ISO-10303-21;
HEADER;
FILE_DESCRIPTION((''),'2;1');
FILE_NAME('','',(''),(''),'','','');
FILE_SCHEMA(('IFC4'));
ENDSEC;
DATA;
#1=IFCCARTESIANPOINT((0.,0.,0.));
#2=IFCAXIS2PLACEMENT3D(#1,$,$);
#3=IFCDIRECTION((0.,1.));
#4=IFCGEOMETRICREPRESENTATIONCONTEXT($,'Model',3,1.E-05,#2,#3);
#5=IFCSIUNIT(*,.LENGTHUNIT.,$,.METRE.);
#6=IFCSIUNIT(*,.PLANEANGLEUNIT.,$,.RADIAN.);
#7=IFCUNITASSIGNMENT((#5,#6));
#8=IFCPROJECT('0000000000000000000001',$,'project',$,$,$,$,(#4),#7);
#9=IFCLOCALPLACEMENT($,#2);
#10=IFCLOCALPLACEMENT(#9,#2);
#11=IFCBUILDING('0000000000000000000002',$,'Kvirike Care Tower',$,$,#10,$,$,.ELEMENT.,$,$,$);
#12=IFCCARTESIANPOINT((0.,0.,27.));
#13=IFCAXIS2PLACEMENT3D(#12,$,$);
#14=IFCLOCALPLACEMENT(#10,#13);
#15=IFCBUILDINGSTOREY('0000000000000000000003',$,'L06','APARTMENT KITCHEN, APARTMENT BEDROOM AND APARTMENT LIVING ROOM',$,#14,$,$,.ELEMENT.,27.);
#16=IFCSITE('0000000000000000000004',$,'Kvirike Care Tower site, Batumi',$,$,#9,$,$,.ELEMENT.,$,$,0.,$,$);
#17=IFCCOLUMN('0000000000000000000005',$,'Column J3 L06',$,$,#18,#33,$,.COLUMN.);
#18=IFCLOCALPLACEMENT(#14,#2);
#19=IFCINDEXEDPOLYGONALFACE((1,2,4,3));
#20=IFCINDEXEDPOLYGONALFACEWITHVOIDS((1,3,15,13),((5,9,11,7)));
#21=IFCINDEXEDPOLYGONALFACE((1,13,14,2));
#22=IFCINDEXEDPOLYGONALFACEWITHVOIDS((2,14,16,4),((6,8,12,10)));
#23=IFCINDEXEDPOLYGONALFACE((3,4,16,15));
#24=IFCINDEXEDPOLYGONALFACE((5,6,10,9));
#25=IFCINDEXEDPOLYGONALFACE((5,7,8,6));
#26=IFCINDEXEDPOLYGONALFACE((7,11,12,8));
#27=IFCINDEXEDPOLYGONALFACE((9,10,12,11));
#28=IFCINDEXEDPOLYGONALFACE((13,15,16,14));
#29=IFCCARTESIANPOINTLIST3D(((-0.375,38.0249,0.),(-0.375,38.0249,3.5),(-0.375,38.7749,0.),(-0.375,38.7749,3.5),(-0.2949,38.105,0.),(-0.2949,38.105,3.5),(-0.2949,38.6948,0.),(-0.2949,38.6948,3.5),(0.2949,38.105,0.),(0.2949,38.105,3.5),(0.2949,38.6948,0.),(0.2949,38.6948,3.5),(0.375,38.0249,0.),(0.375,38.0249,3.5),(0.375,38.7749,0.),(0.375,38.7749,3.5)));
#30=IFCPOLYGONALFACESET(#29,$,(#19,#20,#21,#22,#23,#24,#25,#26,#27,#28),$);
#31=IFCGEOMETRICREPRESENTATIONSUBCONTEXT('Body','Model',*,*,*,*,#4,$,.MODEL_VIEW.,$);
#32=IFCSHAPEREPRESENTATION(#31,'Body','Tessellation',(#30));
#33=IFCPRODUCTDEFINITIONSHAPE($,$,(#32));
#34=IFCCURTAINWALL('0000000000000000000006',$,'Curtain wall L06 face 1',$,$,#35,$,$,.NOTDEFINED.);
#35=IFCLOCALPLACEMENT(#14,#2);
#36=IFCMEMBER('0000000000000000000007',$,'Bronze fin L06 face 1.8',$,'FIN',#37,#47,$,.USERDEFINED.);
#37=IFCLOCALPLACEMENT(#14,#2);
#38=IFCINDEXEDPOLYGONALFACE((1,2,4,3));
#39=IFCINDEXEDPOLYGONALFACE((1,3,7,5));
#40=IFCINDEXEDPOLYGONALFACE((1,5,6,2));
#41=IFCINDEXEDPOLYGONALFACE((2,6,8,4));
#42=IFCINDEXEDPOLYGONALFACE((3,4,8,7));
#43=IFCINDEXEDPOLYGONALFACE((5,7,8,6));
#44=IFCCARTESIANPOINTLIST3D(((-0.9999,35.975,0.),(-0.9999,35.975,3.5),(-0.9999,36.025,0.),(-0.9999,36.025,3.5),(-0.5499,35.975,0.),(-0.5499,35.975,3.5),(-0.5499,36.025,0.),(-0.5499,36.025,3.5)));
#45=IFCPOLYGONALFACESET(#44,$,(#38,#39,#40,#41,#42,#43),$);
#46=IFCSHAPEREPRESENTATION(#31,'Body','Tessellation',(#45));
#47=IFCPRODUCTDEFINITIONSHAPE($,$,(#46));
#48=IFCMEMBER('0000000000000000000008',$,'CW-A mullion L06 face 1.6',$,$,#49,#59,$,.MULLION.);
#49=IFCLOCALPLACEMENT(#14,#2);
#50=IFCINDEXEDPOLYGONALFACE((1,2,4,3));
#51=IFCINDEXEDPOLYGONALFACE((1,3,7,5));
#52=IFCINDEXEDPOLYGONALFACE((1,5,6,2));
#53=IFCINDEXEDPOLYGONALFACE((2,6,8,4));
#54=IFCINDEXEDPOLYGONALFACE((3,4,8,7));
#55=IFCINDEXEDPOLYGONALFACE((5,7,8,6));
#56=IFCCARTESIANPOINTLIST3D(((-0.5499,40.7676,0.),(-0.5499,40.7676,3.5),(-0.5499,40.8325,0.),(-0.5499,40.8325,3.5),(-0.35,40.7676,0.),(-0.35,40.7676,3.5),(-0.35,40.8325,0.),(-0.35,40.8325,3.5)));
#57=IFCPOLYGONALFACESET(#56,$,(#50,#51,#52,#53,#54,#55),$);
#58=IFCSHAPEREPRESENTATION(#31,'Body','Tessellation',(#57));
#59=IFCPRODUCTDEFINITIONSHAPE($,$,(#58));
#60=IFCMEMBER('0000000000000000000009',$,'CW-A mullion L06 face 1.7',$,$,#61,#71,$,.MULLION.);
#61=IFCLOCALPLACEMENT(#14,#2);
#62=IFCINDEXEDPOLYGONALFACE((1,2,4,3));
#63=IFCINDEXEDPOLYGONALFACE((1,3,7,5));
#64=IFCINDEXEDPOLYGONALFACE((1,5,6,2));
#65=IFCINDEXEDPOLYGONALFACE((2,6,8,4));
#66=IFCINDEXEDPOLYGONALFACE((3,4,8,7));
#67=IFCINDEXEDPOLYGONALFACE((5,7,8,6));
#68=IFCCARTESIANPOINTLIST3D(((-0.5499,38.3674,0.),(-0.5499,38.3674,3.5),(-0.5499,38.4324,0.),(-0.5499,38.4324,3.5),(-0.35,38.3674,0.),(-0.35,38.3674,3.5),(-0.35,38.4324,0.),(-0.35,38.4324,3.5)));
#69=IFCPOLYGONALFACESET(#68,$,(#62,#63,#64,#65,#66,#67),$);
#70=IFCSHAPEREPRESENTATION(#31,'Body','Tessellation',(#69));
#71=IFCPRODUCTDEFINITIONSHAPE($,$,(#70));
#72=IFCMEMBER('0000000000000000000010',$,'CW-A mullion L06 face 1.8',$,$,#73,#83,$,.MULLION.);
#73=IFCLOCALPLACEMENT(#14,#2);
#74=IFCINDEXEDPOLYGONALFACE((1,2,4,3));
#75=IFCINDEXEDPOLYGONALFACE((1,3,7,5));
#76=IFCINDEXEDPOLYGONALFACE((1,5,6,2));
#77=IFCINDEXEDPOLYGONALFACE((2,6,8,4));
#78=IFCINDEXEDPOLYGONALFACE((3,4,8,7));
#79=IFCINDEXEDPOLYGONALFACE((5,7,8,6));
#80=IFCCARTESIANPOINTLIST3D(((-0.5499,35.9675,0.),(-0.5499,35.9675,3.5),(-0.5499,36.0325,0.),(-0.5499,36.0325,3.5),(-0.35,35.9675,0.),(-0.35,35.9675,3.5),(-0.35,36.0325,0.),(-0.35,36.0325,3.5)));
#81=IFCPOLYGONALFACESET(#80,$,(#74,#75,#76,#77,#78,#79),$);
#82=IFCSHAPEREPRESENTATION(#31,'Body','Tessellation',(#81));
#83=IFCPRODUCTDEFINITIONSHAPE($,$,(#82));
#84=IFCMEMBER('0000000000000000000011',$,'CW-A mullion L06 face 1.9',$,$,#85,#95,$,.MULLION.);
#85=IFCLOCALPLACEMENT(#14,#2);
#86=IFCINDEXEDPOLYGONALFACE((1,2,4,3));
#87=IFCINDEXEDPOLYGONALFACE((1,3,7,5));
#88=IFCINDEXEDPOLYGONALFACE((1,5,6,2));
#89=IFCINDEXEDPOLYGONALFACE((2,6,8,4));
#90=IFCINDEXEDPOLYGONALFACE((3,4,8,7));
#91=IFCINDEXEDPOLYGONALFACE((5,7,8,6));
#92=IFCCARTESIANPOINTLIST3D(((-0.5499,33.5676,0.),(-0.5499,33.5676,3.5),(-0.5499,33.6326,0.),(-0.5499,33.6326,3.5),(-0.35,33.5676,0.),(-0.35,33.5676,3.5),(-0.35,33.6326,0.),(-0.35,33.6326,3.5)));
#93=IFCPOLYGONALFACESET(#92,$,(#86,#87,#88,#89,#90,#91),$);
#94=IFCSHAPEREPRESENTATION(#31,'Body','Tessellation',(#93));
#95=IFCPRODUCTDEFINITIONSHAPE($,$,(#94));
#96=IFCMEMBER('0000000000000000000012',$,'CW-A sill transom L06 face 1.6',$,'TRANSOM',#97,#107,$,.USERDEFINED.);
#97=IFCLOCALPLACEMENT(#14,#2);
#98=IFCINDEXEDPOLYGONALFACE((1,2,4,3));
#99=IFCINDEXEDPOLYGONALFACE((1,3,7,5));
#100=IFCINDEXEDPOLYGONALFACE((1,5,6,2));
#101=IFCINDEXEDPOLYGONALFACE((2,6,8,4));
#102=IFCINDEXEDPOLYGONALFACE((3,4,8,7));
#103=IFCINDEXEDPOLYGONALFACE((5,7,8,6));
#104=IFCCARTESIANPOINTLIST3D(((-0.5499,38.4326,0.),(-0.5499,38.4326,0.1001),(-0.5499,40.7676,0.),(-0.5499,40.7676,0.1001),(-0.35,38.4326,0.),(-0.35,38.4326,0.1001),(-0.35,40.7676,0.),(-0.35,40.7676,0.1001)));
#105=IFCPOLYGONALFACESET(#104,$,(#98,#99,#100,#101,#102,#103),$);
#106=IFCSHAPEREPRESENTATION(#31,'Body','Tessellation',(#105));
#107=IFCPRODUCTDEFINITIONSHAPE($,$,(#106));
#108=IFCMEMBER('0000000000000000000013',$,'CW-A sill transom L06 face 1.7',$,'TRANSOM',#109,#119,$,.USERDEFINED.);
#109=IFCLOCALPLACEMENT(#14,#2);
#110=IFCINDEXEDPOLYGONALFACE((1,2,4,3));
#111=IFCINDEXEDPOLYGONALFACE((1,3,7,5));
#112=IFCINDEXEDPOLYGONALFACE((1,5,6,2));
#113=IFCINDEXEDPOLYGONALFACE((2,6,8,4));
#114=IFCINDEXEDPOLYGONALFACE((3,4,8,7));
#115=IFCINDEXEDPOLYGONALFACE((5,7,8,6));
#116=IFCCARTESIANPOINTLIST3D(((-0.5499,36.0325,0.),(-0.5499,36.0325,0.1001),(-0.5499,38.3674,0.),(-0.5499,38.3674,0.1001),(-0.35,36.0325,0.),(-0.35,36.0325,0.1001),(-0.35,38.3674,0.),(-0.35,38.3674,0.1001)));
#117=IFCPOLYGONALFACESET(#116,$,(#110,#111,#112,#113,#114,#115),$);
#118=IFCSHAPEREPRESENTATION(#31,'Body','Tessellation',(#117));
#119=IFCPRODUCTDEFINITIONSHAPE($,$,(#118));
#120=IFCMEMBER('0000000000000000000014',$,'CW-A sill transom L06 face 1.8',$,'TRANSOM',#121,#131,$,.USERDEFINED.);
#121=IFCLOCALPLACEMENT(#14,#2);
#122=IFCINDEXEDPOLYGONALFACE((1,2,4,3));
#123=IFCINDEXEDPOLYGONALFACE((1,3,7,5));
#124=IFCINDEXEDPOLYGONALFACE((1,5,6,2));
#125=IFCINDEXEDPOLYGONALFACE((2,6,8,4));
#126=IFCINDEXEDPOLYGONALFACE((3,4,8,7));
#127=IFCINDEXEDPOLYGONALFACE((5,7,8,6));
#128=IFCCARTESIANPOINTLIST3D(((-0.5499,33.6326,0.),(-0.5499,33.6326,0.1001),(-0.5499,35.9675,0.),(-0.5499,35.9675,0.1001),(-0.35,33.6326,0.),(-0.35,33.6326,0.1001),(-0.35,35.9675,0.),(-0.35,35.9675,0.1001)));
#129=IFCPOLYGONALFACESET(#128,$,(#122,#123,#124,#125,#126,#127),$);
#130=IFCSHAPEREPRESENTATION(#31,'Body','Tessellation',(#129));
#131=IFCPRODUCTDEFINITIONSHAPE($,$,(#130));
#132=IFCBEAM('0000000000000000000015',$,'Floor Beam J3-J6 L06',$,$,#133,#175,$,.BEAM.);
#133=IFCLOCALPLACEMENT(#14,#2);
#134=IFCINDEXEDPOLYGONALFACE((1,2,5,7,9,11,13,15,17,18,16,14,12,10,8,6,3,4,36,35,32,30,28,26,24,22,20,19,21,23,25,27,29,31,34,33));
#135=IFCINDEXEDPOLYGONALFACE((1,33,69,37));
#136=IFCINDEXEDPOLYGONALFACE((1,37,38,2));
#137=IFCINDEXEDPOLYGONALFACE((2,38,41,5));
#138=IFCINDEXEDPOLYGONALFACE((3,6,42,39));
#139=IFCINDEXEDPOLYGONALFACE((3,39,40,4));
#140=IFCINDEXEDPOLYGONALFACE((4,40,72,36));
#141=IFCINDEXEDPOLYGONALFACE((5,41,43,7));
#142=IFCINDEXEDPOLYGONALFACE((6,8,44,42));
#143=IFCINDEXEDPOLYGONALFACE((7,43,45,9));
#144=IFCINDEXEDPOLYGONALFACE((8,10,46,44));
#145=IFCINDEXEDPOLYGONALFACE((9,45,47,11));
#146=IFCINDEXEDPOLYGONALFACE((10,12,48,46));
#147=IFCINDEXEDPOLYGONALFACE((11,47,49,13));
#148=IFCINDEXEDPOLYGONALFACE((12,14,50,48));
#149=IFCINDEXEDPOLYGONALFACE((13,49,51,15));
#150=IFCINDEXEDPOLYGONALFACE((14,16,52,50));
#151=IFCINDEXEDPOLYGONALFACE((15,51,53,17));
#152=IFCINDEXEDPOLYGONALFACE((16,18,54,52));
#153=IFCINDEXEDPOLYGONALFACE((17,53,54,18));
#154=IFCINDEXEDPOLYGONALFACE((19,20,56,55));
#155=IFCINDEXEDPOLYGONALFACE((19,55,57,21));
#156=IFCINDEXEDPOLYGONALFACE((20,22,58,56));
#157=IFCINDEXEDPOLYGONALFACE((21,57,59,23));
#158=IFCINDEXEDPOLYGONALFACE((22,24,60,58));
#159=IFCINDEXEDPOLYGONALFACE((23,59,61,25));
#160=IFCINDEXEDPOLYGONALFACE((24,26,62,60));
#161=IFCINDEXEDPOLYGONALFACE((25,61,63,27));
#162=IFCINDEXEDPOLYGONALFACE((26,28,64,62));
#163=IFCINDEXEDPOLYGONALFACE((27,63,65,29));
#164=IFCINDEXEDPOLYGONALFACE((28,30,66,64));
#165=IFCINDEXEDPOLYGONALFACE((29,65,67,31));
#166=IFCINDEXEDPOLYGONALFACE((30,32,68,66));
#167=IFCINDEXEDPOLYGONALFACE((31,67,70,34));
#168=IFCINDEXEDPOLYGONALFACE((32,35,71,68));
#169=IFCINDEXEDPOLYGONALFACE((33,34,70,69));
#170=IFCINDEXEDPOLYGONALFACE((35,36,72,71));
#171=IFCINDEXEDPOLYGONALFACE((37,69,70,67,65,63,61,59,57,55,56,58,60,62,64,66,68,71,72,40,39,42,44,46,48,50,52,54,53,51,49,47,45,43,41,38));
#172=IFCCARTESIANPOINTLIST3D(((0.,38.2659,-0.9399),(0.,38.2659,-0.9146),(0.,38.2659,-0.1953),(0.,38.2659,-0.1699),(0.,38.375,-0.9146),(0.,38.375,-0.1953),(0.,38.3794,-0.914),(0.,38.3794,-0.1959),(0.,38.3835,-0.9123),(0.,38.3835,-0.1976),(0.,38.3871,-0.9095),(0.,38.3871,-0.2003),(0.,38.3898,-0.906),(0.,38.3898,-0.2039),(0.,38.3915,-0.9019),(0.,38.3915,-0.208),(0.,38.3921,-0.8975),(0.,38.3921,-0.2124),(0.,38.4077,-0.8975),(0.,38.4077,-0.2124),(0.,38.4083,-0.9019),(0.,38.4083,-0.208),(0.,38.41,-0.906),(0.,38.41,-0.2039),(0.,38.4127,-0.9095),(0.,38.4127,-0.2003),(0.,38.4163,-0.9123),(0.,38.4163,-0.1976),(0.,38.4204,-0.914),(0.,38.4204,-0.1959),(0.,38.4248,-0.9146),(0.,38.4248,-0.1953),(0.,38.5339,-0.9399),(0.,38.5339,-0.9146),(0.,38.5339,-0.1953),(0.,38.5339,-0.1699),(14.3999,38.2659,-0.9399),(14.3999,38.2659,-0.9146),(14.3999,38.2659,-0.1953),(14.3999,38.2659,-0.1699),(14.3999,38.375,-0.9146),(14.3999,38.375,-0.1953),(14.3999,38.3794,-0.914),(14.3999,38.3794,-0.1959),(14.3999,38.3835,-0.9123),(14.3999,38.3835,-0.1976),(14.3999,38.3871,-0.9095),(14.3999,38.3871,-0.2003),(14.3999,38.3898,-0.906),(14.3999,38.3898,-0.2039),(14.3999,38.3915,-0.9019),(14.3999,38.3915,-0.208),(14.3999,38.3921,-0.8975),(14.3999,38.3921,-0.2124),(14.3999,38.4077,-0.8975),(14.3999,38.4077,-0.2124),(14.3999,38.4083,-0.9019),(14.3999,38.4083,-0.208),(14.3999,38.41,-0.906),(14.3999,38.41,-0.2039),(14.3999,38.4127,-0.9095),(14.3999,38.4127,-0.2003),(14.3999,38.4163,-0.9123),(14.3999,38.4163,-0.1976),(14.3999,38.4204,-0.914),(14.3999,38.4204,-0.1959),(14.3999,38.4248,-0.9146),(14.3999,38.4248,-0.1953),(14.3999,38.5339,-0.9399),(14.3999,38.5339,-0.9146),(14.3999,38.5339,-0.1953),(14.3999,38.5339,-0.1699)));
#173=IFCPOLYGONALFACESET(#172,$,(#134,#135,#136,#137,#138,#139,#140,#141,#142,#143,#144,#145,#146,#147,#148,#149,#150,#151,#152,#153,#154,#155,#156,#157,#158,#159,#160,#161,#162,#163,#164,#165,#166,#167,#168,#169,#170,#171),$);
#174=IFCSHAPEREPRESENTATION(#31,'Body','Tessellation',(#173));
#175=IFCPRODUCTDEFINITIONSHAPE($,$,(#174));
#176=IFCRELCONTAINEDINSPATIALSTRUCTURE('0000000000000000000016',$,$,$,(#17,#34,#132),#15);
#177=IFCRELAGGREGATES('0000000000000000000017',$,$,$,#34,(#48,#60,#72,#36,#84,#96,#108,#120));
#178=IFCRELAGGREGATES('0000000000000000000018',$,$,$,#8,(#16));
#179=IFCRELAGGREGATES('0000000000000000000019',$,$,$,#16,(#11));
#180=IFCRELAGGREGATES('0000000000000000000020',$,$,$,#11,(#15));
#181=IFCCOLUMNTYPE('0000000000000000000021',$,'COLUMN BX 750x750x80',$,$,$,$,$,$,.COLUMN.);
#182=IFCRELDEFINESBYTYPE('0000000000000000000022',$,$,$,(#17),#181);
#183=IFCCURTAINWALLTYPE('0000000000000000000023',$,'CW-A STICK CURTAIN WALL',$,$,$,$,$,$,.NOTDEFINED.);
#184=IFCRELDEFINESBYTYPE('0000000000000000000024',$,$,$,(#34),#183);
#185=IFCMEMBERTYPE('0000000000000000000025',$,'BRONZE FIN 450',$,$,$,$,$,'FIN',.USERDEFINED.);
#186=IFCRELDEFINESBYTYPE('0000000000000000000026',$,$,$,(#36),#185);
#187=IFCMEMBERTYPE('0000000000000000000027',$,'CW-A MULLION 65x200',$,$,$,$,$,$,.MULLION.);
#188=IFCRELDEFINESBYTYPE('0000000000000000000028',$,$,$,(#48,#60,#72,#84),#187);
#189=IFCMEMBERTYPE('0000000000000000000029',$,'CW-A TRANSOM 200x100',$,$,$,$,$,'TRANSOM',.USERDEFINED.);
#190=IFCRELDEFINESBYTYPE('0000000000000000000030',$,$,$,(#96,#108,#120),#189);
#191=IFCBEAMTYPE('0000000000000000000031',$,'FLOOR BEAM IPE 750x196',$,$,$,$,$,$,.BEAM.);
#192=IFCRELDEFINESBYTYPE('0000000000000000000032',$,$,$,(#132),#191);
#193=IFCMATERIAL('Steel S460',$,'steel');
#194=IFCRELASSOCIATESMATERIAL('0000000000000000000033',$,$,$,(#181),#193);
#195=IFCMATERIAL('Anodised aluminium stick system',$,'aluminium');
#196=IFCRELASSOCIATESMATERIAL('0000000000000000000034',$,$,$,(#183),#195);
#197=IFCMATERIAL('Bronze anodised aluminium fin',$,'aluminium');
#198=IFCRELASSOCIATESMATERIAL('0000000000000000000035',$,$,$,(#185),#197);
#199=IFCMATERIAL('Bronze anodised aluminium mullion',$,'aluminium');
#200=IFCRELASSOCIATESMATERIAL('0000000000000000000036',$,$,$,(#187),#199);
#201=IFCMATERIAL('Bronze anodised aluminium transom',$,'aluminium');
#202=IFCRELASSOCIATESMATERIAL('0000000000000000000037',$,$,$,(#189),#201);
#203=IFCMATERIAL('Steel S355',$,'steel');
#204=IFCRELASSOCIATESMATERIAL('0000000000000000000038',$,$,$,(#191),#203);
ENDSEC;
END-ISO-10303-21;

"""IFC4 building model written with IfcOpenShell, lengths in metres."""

from ifc_helpers import new_model, si_unit, direction, frame, origin, origin_2d, place, context, subcontext, project, spatial, rectangle, hollow_rectangle, i_section, extrude, material, material_profile, profile_set, type_object, element, aggregate, save


model = new_model("IFC4")

# Units and contexts
model_context = context("Model", 3, precision=1e-05, world=origin(), true_north=direction((0.0, 1.0)))
body_context = subcontext(model_context, "Body", "Model", "MODEL_VIEW")
ifc_project = project(units=[si_unit("LENGTHUNIT", "METRE"), si_unit("PLANEANGLEUNIT", "RADIAN")], contexts=[model_context])

# Site, building, storey
site_placement = place(None, origin())
site = spatial("IfcSite", under=ifc_project, at=site_placement, Name="Kvirike Care Tower site, Batumi", CompositionType="ELEMENT", RefElevation=0.0)
building_placement = place(site_placement, origin())
building = spatial("IfcBuilding", under=site, at=building_placement, Name="Kvirike Care Tower", CompositionType="ELEMENT")
storey_placement = place(building_placement, frame((0.0, 0.0, 27.0)))
storey = spatial("IfcBuildingStorey", under=building, at=storey_placement, Name="L06", Description="APARTMENT KITCHEN, APARTMENT BEDROOM AND APARTMENT LIVING ROOM", CompositionType="ELEMENT", Elevation=27.0)

# Column
ifc_material_1 = material(Name="Steel S460", Category="steel")
ifc_material_profile_1 = material_profile(ifc_material_1, hollow_rectangle(XDim=0.75, YDim=0.75, WallThickness=0.0801, at=origin_2d()), Name="BX 750x750x80")
ifc_profile_set_1 = profile_set([ifc_material_profile_1], Name="Steel S460")
column_type = type_object("IfcColumnType", Name="COLUMN BX 750x750x80", PredefinedType="COLUMN", material=ifc_profile_set_1)
column_placement = place(storey_placement, frame((0.0, 38.3999, 0.0), z_axis=(0.0, 0.0, 1.0), x_axis=(1.0, 0.0, 0.0)))
element("IfcColumn", 1, at=column_placement, inside=storey, type_object=column_type, Name="Column J3 L06", PredefinedType="COLUMN", context=body_context, shape_type="SweptSolid", body=[
    extrude(hollow_rectangle(XDim=0.75, YDim=0.75, WallThickness=0.0801, at=origin_2d()), origin(), (0.0, 0.0, 1.0), 3.5),
])

# Curtain wall, members
ifc_material_2 = material(Name="Anodised aluminium stick system", Category="aluminium")
curtain_wall_type = type_object("IfcCurtainWallType", Name="CW-A STICK CURTAIN WALL", PredefinedType="NOTDEFINED", material=ifc_material_2)
curtain_wall_placement = place(storey_placement, origin())
curtain_wall = element("IfcCurtainWall", 2, at=curtain_wall_placement, inside=storey, type_object=curtain_wall_type, Name="Curtain wall L06 face 1", PredefinedType="NOTDEFINED")
ifc_material_3 = material(Name="Bronze anodised aluminium fin", Category="aluminium")
ifc_material_profile_2 = material_profile(ifc_material_3, rectangle(XDim=0.05, YDim=0.45, at=origin_2d()), Name="BRONZE FIN 450")
ifc_profile_set_2 = profile_set([ifc_material_profile_2], Name="Bronze anodised aluminium fin")
member_type_1 = type_object("IfcMemberType", Name="BRONZE FIN 450", ElementType="FIN", PredefinedType="USERDEFINED", material=ifc_profile_set_2)
member_1_placement = place(storey_placement, frame((-0.7749, 36.0, 0.0), z_axis=(0.0, 0.0, 1.0), x_axis=(0.0, -1.0, 0.0)))
member_1 = element("IfcMember", 3, at=member_1_placement, type_object=member_type_1, Name="Bronze fin L06 face 1.8", ObjectType="FIN", PredefinedType="USERDEFINED", context=body_context, shape_type="SweptSolid", body=[
    extrude(rectangle(XDim=0.05, YDim=0.45, at=origin_2d()), origin(), (0.0, 0.0, 1.0), 3.5),
])
ifc_material_4 = material(Name="Bronze anodised aluminium mullion", Category="aluminium")
ifc_material_profile_3 = material_profile(ifc_material_4, rectangle(XDim=0.0649, YDim=0.2, at=origin_2d()), Name="CW-A MULLION 65x200")
ifc_profile_set_3 = profile_set([ifc_material_profile_3], Name="Bronze anodised aluminium mullion")
member_type_2 = type_object("IfcMemberType", Name="CW-A MULLION 65x200", PredefinedType="MULLION", material=ifc_profile_set_3)
member_2_placement = place(storey_placement, frame((-0.45, 40.8, 0.0), z_axis=(0.0, 0.0, 1.0), x_axis=(0.0, -1.0, 0.0)))
member_2 = element("IfcMember", 4, at=member_2_placement, type_object=member_type_2, Name="CW-A mullion L06 face 1.6", PredefinedType="MULLION", context=body_context, shape_type="SweptSolid", body=[
    extrude(rectangle(XDim=0.0649, YDim=0.2, at=origin_2d()), origin(), (0.0, 0.0, 1.0), 3.5),
])
member_3_placement = place(storey_placement, frame((-0.45, 38.3999, 0.0), z_axis=(0.0, 0.0, 1.0), x_axis=(0.0, -1.0, 0.0)))
member_3 = element("IfcMember", 5, at=member_3_placement, type_object=member_type_2, Name="CW-A mullion L06 face 1.7", PredefinedType="MULLION", context=body_context, shape_type="SweptSolid", body=[
    extrude(rectangle(XDim=0.0649, YDim=0.2, at=origin_2d()), origin(), (0.0, 0.0, 1.0), 3.5),
])
member_4_placement = place(storey_placement, frame((-0.45, 36.0, 0.0), z_axis=(0.0, 0.0, 1.0), x_axis=(0.0, -1.0, 0.0)))
member_4 = element("IfcMember", 6, at=member_4_placement, type_object=member_type_2, Name="CW-A mullion L06 face 1.8", PredefinedType="MULLION", context=body_context, shape_type="SweptSolid", body=[
    extrude(rectangle(XDim=0.0649, YDim=0.2, at=origin_2d()), origin(), (0.0, 0.0, 1.0), 3.5),
])
member_5_placement = place(storey_placement, frame((-0.45, 33.6001, 0.0), z_axis=(0.0, 0.0, 1.0), x_axis=(0.0, -1.0, 0.0)))
member_5 = element("IfcMember", 7, at=member_5_placement, type_object=member_type_2, Name="CW-A mullion L06 face 1.9", PredefinedType="MULLION", context=body_context, shape_type="SweptSolid", body=[
    extrude(rectangle(XDim=0.0649, YDim=0.2, at=origin_2d()), origin(), (0.0, 0.0, 1.0), 3.5),
])
ifc_material_5 = material(Name="Bronze anodised aluminium transom", Category="aluminium")
ifc_material_profile_4 = material_profile(ifc_material_5, rectangle(XDim=0.2, YDim=0.1001, at=origin_2d()), Name="CW-A TRANSOM 200x100")
ifc_profile_set_4 = profile_set([ifc_material_profile_4], Name="Bronze anodised aluminium transom")
member_type_3 = type_object("IfcMemberType", Name="CW-A TRANSOM 200x100", ElementType="TRANSOM", PredefinedType="USERDEFINED", material=ifc_profile_set_4)
member_6_placement = place(storey_placement, frame((-0.45, 40.7676, 0.05), z_axis=(0.0, -1.0, 0.0), x_axis=(1.0, 0.0, 0.0)))
member_6 = element("IfcMember", 8, at=member_6_placement, type_object=member_type_3, Name="CW-A sill transom L06 face 1.6", ObjectType="TRANSOM", PredefinedType="USERDEFINED", context=body_context, shape_type="SweptSolid", body=[
    extrude(rectangle(XDim=0.2, YDim=0.1001, at=origin_2d()), origin(), (0.0, 0.0, 1.0), 2.335),
])
member_7_placement = place(storey_placement, frame((-0.45, 38.3674, 0.05), z_axis=(0.0, -1.0, 0.0), x_axis=(1.0, 0.0, 0.0)))
member_7 = element("IfcMember", 9, at=member_7_placement, type_object=member_type_3, Name="CW-A sill transom L06 face 1.7", ObjectType="TRANSOM", PredefinedType="USERDEFINED", context=body_context, shape_type="SweptSolid", body=[
    extrude(rectangle(XDim=0.2, YDim=0.1001, at=origin_2d()), origin(), (0.0, 0.0, 1.0), 2.335),
])
member_8_placement = place(storey_placement, frame((-0.45, 35.9675, 0.05), z_axis=(0.0, -1.0, 0.0), x_axis=(1.0, 0.0, 0.0)))
member_8 = element("IfcMember", 10, at=member_8_placement, type_object=member_type_3, Name="CW-A sill transom L06 face 1.8", ObjectType="TRANSOM", PredefinedType="USERDEFINED", context=body_context, shape_type="SweptSolid", body=[
    extrude(rectangle(XDim=0.2, YDim=0.1001, at=origin_2d()), origin(), (0.0, 0.0, 1.0), 2.335),
])

# Beam
ifc_material_6 = material(Name="Steel S355", Category="steel")
ifc_material_profile_5 = material_profile(ifc_material_6, i_section(OverallWidth=0.2681, OverallDepth=0.77, WebThickness=0.0156, FlangeThickness=0.0254, FilletRadius=0.0171, at=origin_2d()), Name="IPE 750x196")
ifc_profile_set_5 = profile_set([ifc_material_profile_5], Name="Steel S355")
beam_type_1 = type_object("IfcBeamType", Name="FLOOR BEAM IPE 750x196", PredefinedType="BEAM", material=ifc_profile_set_5)
beam_1_placement = place(storey_placement, frame((0.0, 38.3999, -0.5549), z_axis=(1.0, 0.0, 0.0), x_axis=(0.0, 1.0, 0.0)))
element("IfcBeam", 11, at=beam_1_placement, inside=storey, type_object=beam_type_1, Name="Floor Beam J3-J6 L06", PredefinedType="BEAM", context=body_context, shape_type="SweptSolid", body=[
    extrude(i_section(OverallWidth=0.2681, OverallDepth=0.77, WebThickness=0.0156, FlangeThickness=0.0254, FilletRadius=0.0171, at=origin_2d()), origin(), (0.0, 0.0, 1.0), 14.3999),
])

aggregate(curtain_wall, [member_2, member_3, member_4, member_1, member_5, member_6, member_7, member_8])

save(model, "model.ifc")
